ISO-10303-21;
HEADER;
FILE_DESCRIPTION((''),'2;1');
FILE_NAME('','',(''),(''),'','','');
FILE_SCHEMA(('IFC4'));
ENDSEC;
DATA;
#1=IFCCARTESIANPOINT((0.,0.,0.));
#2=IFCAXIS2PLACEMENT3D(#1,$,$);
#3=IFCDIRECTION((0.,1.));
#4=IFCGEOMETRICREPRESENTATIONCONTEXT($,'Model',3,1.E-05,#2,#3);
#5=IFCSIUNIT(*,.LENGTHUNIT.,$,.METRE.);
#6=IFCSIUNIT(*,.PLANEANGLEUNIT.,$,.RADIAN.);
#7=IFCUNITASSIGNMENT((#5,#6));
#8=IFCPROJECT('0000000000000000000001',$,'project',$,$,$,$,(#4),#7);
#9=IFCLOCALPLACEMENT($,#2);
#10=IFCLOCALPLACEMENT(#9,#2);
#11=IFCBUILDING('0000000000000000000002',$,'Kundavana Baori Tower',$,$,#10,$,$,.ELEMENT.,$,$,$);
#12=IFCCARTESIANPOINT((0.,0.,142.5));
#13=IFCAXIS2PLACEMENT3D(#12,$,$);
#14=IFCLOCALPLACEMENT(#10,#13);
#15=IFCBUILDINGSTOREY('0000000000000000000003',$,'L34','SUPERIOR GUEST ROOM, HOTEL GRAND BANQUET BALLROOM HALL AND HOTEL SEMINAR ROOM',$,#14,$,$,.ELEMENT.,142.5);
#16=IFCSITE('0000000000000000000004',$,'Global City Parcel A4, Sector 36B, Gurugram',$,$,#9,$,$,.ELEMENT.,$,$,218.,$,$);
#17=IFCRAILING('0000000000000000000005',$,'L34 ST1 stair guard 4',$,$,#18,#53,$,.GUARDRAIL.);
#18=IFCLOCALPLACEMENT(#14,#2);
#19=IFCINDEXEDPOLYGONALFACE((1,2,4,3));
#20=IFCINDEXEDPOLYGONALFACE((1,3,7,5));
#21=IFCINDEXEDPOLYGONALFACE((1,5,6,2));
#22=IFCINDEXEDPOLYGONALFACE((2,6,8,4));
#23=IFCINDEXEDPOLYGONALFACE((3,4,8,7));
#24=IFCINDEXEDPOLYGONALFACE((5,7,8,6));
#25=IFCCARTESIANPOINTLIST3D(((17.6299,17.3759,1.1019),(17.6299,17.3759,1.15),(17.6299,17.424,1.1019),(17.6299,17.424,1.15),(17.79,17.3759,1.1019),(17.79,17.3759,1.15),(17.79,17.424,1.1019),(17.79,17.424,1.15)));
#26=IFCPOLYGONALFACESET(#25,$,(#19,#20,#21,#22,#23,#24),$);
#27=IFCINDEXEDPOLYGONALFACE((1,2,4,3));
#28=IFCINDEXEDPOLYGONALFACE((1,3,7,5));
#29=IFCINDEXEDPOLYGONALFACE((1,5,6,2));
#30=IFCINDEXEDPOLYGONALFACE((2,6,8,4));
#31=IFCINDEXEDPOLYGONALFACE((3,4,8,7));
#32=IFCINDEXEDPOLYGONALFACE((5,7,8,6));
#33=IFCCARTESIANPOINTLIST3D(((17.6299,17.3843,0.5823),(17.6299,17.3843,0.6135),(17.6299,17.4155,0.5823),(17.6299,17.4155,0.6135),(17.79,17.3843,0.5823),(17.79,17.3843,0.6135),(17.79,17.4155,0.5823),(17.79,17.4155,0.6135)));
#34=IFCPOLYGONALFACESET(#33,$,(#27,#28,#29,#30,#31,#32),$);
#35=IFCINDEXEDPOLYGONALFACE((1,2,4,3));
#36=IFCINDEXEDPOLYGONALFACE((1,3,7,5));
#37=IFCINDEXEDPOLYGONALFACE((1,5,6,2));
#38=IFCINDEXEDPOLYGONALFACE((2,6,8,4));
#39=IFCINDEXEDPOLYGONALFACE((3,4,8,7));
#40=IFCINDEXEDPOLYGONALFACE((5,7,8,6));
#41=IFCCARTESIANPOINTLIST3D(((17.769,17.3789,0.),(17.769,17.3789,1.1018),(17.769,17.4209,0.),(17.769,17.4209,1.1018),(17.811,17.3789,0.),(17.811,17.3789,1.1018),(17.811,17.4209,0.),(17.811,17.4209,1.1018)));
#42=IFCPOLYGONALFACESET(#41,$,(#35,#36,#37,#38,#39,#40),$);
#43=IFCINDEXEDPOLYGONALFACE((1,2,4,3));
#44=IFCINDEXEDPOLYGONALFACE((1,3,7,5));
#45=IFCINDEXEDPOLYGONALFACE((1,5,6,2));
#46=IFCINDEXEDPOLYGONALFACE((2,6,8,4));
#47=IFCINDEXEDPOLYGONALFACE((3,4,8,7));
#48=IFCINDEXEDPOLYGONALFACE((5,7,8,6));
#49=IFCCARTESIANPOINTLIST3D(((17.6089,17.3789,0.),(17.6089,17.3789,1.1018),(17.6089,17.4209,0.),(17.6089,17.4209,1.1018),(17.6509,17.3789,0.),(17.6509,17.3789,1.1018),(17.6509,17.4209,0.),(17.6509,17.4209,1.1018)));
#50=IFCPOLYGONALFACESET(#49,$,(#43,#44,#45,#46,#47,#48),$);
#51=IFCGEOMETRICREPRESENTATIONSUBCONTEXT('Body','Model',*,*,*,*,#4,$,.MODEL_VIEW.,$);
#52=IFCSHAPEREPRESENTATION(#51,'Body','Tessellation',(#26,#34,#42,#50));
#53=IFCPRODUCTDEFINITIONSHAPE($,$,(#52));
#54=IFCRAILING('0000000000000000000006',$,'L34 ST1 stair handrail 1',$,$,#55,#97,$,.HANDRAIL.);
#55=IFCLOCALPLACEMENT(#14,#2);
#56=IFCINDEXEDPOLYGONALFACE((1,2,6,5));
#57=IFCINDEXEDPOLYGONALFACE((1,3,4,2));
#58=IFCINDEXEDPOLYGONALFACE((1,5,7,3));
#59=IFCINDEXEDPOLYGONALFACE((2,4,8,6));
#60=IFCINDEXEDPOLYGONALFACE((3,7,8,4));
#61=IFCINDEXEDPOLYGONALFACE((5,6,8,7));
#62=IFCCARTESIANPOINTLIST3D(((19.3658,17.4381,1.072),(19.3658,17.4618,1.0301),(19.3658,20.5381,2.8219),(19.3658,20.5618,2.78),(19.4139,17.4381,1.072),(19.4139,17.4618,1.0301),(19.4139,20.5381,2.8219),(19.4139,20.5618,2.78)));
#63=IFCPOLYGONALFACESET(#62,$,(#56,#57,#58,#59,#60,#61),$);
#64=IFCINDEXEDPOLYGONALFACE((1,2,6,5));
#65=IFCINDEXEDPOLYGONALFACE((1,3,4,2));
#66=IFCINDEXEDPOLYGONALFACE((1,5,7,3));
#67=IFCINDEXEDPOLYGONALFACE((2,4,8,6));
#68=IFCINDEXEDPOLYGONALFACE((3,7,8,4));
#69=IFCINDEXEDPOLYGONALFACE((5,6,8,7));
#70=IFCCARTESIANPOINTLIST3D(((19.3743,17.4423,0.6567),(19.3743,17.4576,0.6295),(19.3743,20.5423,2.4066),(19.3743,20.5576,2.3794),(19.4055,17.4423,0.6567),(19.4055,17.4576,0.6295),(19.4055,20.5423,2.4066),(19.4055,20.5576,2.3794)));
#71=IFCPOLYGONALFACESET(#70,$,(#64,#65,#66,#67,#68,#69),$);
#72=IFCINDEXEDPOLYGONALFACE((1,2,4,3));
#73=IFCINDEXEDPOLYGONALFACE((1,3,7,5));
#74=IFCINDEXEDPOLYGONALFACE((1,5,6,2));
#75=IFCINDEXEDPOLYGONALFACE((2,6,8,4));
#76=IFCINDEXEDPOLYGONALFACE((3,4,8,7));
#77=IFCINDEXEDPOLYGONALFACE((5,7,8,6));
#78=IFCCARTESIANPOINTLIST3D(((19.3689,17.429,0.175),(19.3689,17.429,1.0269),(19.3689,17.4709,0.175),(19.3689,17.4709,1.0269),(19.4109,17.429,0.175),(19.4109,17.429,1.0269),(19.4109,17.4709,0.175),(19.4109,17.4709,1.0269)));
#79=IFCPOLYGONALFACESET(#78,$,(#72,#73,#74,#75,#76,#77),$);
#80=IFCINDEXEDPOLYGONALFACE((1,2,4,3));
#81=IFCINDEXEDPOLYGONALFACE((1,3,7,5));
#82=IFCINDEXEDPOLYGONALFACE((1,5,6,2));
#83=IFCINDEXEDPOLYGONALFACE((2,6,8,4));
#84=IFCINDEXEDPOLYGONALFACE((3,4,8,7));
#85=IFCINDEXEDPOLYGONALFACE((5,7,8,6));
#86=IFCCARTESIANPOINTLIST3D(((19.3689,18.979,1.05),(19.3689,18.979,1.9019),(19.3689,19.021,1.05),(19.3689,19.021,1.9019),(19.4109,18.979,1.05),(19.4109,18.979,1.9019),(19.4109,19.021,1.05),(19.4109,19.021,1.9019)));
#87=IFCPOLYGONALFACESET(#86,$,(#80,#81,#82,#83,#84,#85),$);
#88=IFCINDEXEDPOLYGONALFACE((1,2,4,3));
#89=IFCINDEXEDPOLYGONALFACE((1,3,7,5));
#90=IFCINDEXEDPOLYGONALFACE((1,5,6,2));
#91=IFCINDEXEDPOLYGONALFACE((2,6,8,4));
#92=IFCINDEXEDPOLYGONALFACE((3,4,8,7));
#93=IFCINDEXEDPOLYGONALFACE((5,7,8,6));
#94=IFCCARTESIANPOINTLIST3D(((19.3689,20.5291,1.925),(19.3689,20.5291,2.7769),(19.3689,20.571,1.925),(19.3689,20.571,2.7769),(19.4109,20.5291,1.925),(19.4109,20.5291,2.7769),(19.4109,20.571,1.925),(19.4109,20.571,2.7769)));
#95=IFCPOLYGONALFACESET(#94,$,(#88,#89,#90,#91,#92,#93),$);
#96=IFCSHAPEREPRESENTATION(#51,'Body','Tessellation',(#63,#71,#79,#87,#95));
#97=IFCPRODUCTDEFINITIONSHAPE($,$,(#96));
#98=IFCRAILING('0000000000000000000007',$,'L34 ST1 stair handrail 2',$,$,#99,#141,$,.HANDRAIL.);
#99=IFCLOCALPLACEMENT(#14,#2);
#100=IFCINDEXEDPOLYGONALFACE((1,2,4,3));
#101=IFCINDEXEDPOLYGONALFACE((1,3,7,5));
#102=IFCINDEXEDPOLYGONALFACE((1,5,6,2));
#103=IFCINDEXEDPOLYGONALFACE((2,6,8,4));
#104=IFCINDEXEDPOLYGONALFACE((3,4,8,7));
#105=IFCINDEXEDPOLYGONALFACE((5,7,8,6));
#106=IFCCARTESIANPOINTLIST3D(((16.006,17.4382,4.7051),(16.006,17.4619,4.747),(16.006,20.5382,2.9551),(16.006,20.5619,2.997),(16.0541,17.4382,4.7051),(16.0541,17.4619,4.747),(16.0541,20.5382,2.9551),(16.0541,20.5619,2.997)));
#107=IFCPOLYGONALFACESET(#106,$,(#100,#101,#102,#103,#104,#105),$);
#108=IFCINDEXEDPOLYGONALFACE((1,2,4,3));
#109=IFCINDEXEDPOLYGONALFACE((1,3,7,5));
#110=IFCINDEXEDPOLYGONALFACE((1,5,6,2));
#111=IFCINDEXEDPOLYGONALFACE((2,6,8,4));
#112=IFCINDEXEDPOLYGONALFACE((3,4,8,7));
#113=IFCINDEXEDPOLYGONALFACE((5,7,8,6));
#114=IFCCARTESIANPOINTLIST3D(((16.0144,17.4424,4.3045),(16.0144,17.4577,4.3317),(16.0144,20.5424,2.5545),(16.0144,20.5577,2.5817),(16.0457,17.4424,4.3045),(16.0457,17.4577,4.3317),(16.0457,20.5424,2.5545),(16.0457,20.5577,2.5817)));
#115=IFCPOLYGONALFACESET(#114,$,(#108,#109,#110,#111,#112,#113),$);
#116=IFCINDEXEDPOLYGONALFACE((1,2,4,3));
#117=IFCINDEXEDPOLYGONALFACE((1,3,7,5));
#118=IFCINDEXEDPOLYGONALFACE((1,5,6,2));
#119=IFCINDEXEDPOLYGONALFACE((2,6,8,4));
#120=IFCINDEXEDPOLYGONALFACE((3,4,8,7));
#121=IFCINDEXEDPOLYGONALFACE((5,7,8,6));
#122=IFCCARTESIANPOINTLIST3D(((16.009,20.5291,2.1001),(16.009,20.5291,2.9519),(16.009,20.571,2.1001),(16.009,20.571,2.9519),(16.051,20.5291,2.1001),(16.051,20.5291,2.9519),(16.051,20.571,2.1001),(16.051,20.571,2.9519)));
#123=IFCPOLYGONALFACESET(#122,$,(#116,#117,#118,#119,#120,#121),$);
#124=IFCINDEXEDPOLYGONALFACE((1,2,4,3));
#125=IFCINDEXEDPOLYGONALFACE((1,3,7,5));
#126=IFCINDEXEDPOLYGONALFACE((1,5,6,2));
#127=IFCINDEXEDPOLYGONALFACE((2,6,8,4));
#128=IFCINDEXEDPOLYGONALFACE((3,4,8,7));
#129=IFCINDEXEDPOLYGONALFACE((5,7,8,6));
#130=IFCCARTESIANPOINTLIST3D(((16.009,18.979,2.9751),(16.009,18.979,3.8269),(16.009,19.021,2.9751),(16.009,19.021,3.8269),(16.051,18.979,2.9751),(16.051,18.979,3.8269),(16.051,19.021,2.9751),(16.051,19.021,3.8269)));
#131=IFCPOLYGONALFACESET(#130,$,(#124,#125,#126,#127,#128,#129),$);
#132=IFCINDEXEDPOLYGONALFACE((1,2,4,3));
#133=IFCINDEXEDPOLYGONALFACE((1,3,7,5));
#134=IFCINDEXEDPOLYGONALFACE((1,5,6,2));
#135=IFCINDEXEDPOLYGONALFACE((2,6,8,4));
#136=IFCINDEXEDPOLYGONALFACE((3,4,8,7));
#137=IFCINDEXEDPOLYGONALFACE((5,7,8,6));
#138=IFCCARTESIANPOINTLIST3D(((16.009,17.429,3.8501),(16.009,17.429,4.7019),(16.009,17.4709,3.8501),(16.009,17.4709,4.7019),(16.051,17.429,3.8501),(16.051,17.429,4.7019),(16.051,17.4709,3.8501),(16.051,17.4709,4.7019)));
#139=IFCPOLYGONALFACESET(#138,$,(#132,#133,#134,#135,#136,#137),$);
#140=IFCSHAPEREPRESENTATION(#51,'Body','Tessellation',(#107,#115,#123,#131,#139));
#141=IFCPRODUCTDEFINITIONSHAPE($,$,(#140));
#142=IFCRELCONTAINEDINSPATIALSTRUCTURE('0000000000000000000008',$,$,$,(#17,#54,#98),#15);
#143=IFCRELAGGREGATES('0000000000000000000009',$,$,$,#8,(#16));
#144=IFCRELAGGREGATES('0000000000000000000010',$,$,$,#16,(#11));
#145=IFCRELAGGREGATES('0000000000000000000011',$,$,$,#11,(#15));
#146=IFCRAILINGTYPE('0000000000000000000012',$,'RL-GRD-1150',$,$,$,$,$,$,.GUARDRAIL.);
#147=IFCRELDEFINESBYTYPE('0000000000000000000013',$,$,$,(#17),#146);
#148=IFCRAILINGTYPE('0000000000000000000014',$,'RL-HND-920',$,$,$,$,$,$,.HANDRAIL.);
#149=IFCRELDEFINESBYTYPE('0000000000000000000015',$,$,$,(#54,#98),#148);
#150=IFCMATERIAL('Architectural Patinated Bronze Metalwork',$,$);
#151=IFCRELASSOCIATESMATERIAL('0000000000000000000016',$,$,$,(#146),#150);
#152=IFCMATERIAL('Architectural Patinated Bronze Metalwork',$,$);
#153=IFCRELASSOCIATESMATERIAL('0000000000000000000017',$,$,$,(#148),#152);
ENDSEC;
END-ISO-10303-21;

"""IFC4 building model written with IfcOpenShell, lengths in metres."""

from ifc_helpers import new_model, si_unit, direction, frame, origin, origin_2d, place, context, subcontext, project, spatial, rectangle, extrude, material, type_object, element, save


model = new_model("IFC4")

# Units and contexts
model_context = context("Model", 3, precision=1e-05, world=origin(), true_north=direction((0.0, 1.0)))
body_context = subcontext(model_context, "Body", "Model", "MODEL_VIEW")
ifc_project = project(units=[si_unit("LENGTHUNIT", "METRE"), si_unit("PLANEANGLEUNIT", "RADIAN")], contexts=[model_context])

# Site, building, storey
site_placement = place(None, origin())
site = spatial("IfcSite", under=ifc_project, at=site_placement, Name="Global City Parcel A4, Sector 36B, Gurugram", CompositionType="ELEMENT", RefElevation=218.0)
building_placement = place(site_placement, origin())
building = spatial("IfcBuilding", under=site, at=building_placement, Name="Kundavana Baori Tower", CompositionType="ELEMENT")
storey_placement = place(building_placement, frame((0.0, 0.0, 142.5)))
storey = spatial("IfcBuildingStorey", under=building, at=storey_placement, Name="L34", Description="SUPERIOR GUEST ROOM, HOTEL GRAND BANQUET BALLROOM HALL AND HOTEL SEMINAR ROOM", CompositionType="ELEMENT", Elevation=142.5)

# Railings
ifc_material_1 = material(Name="Architectural Patinated Bronze Metalwork")
railing_type_1 = type_object("IfcRailingType", Name="RL-GRD-1150", PredefinedType="GUARDRAIL", material=ifc_material_1)
railing_1_placement = place(storey_placement, frame((17.79, 17.3999, 0.0)))
element("IfcRailing", 1, at=railing_1_placement, inside=storey, type_object=railing_type_1, Name="L34 ST1 stair guard 4", PredefinedType="GUARDRAIL", context=body_context, shape_type="SweptSolid", body=[
    extrude(rectangle(XDim=0.0481, YDim=0.0481, at=origin_2d()), frame((0.0, 0.0, 1.126), z_axis=(-1.0, 0.0, 0.0), x_axis=(0.0, -1.0, 0.0)), (0.0, 0.0, 1.0), 0.1602),
    extrude(rectangle(XDim=0.0312, YDim=0.0312, at=origin_2d()), frame((0.0, 0.0, 0.5979), z_axis=(-1.0, 0.0, 0.0), x_axis=(0.0, -1.0, 0.0)), (0.0, 0.0, 1.0), 0.1602),
    extrude(rectangle(XDim=0.042, YDim=0.042, at=origin_2d()), origin(), (0.0, 0.0, 1.0), 1.1018),
    extrude(rectangle(XDim=0.042, YDim=0.042, at=origin_2d()), frame((-0.1602, 0.0, 0.0)), (0.0, 0.0, 1.0), 1.1018),
])
ifc_material_2 = material(Name="Architectural Patinated Bronze Metalwork")
railing_type_2 = type_object("IfcRailingType", Name="RL-HND-920", PredefinedType="HANDRAIL", material=ifc_material_2)
railing_2_placement = place(storey_placement, frame((19.3899, 17.45, 0.175)))
element("IfcRailing", 2, at=railing_2_placement, inside=storey, type_object=railing_type_2, Name="L34 ST1 stair handrail 1", PredefinedType="HANDRAIL", context=body_context, shape_type="SweptSolid", body=[
    extrude(rectangle(XDim=0.0481, YDim=0.0481, at=origin_2d()), frame((0.0, 0.0, 0.876), z_axis=(0.0, 0.870831, 0.491583), x_axis=(-1.0, 0.0, 0.0)), (0.0, 0.0, 1.0), 3.5598),
    extrude(rectangle(XDim=0.0312, YDim=0.0312, at=origin_2d()), frame((0.0, 0.0, 0.468), z_axis=(0.0, 0.870831, 0.491583), x_axis=(-1.0, 0.0, 0.0)), (0.0, 0.0, 1.0), 3.5598),
    extrude(rectangle(XDim=0.042, YDim=0.042, at=origin_2d()), origin(), (0.0, 0.0, 1.0), 0.8518),
    extrude(rectangle(XDim=0.042, YDim=0.042, at=origin_2d()), frame((0.0, 1.55, 0.875)), (0.0, 0.0, 1.0), 0.8518),
    extrude(rectangle(XDim=0.042, YDim=0.042, at=origin_2d()), frame((0.0, 3.1001, 1.75)), (0.0, 0.0, 1.0), 0.8518),
])
railing_3_placement = place(storey_placement, frame((16.03, 20.55, 2.1001)))
element("IfcRailing", 3, at=railing_3_placement, inside=storey, type_object=railing_type_2, Name="L34 ST1 stair handrail 2", PredefinedType="HANDRAIL", context=body_context, shape_type="SweptSolid", body=[
    extrude(rectangle(XDim=0.0481, YDim=0.0481, at=origin_2d()), frame((0.0, 0.0, 0.876), z_axis=(0.0, -0.870831, 0.491583), x_axis=(1.0, 0.0, 0.0)), (0.0, 0.0, 1.0), 3.5598),
    extrude(rectangle(XDim=0.0312, YDim=0.0312, at=origin_2d()), frame((0.0, 0.0, 0.468), z_axis=(0.0, -0.870831, 0.491583), x_axis=(1.0, 0.0, 0.0)), (0.0, 0.0, 1.0), 3.5598),
    extrude(rectangle(XDim=0.042, YDim=0.042, at=origin_2d()), origin(), (0.0, 0.0, 1.0), 0.8518),
    extrude(rectangle(XDim=0.042, YDim=0.042, at=origin_2d()), frame((0.0, -1.55, 0.875)), (0.0, 0.0, 1.0), 0.8518),
    extrude(rectangle(XDim=0.042, YDim=0.042, at=origin_2d()), frame((0.0, -3.1001, 1.75)), (0.0, 0.0, 1.0), 0.8518),
])

save(model, "model.ifc")
